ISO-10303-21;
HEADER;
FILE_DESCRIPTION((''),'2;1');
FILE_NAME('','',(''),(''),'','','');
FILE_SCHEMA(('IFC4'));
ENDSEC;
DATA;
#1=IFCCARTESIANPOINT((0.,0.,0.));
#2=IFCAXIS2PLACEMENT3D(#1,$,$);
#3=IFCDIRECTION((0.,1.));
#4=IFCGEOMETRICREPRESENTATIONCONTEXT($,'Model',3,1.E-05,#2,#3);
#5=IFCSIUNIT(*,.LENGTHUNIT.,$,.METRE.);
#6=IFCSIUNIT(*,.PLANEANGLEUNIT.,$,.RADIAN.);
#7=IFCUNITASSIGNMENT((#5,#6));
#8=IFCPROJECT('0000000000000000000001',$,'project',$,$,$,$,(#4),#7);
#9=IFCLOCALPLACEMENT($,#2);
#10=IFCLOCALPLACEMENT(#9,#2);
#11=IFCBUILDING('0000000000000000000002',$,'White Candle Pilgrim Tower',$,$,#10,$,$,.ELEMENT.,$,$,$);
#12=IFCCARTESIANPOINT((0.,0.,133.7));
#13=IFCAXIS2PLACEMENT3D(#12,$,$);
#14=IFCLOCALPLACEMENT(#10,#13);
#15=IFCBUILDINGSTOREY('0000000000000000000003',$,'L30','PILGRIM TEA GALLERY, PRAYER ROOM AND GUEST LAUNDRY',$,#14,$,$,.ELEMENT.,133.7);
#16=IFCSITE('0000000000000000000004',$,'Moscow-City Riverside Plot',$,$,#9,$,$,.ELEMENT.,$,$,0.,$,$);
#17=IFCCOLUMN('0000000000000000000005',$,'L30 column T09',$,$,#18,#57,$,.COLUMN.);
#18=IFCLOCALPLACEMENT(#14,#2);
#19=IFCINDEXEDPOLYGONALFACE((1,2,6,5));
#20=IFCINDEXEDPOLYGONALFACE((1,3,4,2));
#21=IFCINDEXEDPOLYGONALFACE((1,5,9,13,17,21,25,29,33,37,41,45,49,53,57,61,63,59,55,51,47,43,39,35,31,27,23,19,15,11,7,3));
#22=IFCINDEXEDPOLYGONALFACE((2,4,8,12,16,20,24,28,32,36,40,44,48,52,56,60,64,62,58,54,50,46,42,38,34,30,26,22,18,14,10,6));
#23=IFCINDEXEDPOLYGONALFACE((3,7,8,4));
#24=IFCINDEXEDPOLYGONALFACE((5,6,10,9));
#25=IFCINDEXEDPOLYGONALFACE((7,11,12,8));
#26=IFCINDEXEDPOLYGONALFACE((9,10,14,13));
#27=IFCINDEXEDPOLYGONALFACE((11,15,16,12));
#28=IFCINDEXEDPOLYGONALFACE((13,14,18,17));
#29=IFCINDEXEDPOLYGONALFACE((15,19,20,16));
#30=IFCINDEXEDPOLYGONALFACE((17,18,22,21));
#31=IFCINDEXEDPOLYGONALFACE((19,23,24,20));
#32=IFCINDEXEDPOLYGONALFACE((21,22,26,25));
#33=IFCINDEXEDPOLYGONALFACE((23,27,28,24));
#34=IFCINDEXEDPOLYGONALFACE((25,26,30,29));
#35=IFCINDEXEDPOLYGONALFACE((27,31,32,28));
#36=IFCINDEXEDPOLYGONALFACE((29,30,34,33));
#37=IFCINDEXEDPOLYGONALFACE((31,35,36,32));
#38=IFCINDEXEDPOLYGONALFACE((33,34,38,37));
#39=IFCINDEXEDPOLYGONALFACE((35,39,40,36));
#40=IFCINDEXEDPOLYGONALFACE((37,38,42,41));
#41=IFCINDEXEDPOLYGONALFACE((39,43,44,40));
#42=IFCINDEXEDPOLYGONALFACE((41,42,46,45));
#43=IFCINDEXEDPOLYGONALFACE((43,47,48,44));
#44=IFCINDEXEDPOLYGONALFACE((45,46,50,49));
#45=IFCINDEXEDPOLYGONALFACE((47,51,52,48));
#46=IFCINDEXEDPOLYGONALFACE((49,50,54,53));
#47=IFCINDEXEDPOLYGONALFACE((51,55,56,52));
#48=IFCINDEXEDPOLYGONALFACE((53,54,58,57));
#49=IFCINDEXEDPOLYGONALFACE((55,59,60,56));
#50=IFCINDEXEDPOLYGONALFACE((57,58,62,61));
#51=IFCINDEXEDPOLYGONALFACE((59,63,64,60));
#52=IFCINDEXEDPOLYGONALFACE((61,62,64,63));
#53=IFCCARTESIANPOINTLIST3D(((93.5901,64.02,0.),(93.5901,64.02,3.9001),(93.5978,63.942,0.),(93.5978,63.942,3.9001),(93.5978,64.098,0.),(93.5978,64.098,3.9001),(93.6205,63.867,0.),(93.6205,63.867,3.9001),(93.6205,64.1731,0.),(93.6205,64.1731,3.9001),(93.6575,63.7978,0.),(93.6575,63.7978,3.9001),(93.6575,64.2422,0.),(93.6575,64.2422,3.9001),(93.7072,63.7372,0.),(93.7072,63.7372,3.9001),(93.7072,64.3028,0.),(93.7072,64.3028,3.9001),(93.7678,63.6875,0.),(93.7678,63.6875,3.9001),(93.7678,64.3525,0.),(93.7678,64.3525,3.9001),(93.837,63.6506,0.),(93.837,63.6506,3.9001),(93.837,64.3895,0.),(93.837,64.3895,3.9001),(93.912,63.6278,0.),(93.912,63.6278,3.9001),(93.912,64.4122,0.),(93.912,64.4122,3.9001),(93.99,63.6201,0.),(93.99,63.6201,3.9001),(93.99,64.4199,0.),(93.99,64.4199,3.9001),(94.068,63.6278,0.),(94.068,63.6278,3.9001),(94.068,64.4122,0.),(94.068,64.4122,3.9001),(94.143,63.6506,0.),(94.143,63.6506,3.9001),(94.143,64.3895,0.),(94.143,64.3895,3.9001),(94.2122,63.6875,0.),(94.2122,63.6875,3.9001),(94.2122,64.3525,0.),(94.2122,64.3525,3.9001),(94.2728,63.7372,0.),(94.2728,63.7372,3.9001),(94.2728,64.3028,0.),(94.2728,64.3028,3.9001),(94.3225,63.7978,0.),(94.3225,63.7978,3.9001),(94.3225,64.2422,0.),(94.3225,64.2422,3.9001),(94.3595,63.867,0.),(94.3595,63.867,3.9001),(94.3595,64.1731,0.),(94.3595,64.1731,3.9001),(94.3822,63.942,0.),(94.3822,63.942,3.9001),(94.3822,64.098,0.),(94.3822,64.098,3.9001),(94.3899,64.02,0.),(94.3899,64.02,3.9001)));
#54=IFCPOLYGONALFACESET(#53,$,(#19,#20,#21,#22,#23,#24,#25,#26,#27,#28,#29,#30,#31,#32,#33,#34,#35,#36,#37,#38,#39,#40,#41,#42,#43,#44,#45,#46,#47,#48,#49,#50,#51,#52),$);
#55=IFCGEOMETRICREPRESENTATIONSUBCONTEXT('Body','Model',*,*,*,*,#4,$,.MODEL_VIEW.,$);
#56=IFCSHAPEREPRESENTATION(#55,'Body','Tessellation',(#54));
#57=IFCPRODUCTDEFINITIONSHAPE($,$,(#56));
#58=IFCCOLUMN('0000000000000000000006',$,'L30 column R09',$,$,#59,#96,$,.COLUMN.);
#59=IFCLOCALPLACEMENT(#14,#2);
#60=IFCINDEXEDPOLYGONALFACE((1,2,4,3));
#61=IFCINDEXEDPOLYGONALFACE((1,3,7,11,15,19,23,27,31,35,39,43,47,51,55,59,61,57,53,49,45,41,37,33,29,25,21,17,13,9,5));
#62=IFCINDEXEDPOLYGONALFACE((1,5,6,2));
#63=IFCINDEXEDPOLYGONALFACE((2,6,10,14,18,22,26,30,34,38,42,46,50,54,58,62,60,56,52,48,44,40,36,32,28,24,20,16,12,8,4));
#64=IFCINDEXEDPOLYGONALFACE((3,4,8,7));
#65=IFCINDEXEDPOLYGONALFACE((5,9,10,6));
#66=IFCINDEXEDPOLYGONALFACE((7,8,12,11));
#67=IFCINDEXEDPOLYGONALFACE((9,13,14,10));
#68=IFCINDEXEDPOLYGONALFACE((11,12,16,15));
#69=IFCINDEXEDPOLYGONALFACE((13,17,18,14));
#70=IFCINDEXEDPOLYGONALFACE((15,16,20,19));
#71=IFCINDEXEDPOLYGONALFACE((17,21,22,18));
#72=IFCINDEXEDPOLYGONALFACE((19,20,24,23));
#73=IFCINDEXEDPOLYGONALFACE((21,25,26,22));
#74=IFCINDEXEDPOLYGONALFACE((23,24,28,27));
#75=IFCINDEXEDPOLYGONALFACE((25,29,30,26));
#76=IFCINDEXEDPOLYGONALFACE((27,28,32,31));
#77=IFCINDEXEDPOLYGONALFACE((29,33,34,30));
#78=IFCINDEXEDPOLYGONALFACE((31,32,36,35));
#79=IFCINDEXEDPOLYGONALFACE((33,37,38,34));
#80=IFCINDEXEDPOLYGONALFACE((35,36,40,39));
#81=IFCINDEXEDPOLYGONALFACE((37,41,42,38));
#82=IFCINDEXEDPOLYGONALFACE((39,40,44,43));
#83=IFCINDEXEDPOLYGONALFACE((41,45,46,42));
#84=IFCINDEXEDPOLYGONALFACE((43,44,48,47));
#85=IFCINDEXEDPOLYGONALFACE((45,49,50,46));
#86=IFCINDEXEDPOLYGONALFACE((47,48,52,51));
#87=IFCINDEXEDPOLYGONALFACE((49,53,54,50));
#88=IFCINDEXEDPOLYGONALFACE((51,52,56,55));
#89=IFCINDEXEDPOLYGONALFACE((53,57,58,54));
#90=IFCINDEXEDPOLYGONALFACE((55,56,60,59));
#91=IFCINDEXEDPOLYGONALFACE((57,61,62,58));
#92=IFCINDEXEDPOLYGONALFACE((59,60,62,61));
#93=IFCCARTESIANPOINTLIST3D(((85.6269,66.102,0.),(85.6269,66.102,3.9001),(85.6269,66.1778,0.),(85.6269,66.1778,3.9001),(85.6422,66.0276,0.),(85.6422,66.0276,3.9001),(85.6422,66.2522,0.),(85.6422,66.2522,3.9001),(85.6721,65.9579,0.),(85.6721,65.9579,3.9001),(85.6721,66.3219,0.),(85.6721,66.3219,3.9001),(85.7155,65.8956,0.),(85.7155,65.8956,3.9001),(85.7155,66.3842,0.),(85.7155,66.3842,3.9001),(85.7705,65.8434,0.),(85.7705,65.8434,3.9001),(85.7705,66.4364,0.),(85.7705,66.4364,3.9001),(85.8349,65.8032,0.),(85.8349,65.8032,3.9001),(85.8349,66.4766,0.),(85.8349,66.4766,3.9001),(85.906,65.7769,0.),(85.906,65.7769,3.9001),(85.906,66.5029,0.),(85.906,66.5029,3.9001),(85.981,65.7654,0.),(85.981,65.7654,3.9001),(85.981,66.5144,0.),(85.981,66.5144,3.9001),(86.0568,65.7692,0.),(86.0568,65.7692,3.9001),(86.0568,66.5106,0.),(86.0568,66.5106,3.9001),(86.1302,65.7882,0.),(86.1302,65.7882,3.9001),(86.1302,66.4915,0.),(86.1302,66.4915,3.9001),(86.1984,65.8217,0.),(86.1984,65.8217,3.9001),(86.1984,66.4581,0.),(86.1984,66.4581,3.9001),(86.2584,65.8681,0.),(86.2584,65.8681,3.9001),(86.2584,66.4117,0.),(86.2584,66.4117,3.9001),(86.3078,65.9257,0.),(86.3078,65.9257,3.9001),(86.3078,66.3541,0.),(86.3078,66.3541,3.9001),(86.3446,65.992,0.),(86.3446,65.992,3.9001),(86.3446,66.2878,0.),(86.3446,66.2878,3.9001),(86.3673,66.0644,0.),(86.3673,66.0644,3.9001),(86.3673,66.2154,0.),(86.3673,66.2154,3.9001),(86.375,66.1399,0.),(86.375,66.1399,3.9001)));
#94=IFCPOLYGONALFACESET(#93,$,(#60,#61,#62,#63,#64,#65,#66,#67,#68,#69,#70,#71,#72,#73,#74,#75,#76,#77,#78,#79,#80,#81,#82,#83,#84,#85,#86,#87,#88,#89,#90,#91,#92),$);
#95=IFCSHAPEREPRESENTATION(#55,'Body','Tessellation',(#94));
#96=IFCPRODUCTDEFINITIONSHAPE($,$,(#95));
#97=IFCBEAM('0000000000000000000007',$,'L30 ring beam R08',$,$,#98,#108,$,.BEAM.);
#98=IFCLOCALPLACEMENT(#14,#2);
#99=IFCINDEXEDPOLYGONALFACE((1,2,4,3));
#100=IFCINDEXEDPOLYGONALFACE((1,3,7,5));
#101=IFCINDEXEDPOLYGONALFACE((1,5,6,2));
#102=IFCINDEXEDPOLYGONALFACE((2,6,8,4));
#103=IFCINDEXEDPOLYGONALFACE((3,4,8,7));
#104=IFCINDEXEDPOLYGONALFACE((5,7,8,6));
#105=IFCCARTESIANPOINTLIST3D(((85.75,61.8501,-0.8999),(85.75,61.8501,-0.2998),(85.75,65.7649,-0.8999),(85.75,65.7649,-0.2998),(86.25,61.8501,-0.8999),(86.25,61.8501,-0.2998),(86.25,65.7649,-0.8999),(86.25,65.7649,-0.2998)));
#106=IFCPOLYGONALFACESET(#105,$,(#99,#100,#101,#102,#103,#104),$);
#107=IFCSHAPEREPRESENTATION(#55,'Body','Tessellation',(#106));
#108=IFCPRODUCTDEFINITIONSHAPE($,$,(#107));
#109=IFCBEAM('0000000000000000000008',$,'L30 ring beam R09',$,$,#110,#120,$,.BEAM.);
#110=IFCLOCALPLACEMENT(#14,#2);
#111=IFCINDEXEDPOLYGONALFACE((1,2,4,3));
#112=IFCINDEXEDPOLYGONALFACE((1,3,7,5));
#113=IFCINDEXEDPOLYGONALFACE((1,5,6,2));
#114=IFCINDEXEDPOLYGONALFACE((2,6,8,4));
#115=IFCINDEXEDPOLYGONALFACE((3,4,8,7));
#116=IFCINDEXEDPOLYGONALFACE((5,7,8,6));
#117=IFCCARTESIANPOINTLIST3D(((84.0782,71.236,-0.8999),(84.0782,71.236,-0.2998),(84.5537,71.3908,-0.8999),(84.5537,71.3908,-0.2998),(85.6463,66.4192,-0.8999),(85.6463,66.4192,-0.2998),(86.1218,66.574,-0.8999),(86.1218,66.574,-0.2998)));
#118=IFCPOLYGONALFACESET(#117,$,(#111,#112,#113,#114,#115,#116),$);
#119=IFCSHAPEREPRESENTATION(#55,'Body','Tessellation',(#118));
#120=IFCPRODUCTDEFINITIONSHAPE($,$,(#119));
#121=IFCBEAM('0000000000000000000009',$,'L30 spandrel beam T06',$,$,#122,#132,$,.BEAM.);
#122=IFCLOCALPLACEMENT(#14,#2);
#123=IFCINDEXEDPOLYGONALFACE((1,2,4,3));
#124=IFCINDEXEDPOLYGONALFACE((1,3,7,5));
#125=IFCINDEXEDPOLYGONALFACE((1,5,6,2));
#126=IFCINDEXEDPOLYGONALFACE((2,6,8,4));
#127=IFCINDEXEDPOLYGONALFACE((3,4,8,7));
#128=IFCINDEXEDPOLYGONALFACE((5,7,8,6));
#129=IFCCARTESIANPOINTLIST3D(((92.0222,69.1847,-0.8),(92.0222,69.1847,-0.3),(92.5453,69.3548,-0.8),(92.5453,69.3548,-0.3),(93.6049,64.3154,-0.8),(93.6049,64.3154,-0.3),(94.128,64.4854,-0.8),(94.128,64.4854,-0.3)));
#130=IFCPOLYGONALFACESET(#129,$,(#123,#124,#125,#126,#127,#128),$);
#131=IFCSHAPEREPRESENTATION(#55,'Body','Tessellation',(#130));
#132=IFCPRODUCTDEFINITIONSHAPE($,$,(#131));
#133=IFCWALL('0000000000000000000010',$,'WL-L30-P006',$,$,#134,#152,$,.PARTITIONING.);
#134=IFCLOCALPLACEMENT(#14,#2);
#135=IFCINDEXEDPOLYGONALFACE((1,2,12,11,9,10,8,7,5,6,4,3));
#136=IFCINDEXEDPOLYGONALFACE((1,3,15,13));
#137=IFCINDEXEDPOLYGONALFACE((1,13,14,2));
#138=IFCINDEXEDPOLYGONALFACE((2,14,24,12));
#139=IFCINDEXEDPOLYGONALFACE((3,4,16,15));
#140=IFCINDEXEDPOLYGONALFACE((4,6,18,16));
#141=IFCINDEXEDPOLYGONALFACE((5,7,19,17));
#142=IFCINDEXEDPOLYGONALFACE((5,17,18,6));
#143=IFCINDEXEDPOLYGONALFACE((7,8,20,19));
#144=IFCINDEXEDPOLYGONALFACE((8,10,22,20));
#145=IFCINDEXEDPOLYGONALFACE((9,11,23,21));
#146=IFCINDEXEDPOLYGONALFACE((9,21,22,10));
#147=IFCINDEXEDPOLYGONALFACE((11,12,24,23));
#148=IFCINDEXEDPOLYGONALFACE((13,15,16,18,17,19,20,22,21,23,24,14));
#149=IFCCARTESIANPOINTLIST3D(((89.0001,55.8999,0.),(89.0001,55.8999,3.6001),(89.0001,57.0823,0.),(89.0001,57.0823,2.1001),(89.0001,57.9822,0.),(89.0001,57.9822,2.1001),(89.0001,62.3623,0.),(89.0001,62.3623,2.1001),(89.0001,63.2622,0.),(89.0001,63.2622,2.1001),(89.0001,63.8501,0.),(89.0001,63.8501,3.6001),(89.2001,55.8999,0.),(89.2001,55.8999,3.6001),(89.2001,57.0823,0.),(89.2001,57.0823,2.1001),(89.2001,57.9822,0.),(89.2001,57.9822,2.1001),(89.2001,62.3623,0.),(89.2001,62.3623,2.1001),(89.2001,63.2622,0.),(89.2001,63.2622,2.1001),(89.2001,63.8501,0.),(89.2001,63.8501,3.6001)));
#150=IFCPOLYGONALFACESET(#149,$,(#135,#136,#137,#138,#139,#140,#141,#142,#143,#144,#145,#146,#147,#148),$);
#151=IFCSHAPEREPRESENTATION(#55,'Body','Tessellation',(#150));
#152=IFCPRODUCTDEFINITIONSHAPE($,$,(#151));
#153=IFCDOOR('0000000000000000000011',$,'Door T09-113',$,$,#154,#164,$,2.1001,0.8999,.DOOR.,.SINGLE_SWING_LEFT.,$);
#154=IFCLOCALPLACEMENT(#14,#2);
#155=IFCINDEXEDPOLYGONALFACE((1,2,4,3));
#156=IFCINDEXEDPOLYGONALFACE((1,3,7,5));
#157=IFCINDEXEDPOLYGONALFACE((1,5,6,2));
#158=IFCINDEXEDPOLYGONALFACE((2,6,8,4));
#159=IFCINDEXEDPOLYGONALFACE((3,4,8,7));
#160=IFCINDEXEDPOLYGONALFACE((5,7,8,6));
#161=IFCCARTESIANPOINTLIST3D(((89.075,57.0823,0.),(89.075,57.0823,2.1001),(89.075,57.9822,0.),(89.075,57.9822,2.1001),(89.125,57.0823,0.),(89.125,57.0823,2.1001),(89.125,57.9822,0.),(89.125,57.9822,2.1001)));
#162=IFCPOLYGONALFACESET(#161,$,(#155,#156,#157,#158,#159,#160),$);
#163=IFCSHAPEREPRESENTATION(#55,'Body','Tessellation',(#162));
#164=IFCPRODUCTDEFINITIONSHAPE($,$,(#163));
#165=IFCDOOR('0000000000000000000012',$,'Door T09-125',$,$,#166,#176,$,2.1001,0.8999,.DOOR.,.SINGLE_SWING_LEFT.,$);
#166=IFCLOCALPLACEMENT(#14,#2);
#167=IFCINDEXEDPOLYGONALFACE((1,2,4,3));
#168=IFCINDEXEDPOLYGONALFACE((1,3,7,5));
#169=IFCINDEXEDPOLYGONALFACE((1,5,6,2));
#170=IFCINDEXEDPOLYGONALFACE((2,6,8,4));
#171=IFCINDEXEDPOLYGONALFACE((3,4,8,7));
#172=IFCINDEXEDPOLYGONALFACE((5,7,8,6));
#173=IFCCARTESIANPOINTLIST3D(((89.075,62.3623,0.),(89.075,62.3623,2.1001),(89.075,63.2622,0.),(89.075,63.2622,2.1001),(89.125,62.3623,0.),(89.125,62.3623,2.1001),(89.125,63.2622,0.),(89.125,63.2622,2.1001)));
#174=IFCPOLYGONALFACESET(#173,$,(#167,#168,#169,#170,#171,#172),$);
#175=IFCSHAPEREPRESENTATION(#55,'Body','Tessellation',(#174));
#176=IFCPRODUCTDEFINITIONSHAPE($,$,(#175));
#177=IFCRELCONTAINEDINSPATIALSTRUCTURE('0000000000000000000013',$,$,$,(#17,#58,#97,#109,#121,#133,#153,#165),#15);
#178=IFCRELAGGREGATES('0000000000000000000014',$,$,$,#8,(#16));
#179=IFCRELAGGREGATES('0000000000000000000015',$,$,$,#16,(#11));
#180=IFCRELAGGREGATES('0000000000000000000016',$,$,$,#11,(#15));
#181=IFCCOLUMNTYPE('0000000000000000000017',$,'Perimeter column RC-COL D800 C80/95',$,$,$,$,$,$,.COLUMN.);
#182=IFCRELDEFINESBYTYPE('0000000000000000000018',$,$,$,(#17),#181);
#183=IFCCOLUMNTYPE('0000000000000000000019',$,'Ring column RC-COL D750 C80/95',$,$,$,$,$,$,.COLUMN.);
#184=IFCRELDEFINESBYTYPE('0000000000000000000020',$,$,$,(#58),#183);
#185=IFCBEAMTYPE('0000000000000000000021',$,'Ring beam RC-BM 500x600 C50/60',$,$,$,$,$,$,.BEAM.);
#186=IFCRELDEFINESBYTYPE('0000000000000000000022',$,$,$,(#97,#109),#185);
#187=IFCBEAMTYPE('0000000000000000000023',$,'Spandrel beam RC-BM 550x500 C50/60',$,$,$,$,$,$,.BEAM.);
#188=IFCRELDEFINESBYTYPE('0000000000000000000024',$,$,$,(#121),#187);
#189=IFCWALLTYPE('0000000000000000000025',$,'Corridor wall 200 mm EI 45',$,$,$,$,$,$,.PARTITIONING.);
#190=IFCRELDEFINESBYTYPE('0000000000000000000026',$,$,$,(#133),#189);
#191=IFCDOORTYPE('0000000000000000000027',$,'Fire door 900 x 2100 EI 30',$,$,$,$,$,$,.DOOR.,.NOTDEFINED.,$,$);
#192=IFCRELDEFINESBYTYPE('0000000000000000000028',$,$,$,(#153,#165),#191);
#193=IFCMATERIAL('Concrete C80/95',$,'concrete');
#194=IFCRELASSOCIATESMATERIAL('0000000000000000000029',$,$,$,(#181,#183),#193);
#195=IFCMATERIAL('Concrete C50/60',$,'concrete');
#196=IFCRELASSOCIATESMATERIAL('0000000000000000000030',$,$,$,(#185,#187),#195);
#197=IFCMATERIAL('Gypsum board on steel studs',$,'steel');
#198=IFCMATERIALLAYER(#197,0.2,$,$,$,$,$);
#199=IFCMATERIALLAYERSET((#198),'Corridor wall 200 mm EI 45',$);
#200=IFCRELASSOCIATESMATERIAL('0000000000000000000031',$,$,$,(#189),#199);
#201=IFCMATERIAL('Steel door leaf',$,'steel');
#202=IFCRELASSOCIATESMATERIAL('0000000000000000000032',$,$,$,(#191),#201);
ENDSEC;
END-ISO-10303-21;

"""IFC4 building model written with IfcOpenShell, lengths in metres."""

from ifc_helpers import new_model, si_unit, direction, frame, frame_2d, origin, origin_2d, place, context, subcontext, project, spatial, rectangle, circle, extrude, material, layer, layer_set, material_profile, profile_set, type_object, element, fill, save


model = new_model("IFC4")

# Units and contexts
model_context = context("Model", 3, precision=1e-05, world=origin(), true_north=direction((0.0, 1.0)))
body_context = subcontext(model_context, "Body", "Model", "MODEL_VIEW")
ifc_project = project(units=[si_unit("LENGTHUNIT", "METRE"), si_unit("PLANEANGLEUNIT", "RADIAN")], contexts=[model_context])

# Site, building, storey
site_placement = place(None, origin())
site = spatial("IfcSite", under=ifc_project, at=site_placement, Name="Moscow-City Riverside Plot", CompositionType="ELEMENT", RefElevation=0.0)
building_placement = place(site_placement, origin())
building = spatial("IfcBuilding", under=site, at=building_placement, Name="White Candle Pilgrim Tower", CompositionType="ELEMENT")
storey_placement = place(building_placement, frame((0.0, 0.0, 133.7)))
storey = spatial("IfcBuildingStorey", under=building, at=storey_placement, Name="L30", Description="PILGRIM TEA GALLERY, PRAYER ROOM AND GUEST LAUNDRY", CompositionType="ELEMENT", Elevation=133.7)

# Columns
ifc_material_1 = material(Name="Concrete C80/95", Category="concrete")
ifc_material_profile_1 = material_profile(ifc_material_1, circle(Radius=0.3999, at=origin_2d()), Name="RC-COL D800")
ifc_profile_set_1 = profile_set([ifc_material_profile_1], Name="Concrete C80/95")
column_type_1 = type_object("IfcColumnType", Name="Perimeter column RC-COL D800 C80/95", PredefinedType="COLUMN", material=ifc_profile_set_1)
column_1_placement = place(storey_placement, frame((93.99, 64.02, 0.0), z_axis=(0.0, 0.0, 1.0), x_axis=(1.0, 0.0, 0.0)))
element("IfcColumn", 1, at=column_1_placement, inside=storey, type_object=column_type_1, Name="L30 column T09", PredefinedType="COLUMN", context=body_context, shape_type="SweptSolid", body=[
    extrude(circle(Radius=0.3999, at=origin_2d()), origin(), (0.0, 0.0, 1.0), 3.9001),
])
ifc_material_profile_2 = material_profile(ifc_material_1, circle(Radius=0.375, at=origin_2d()), Name="RC-COL D750")
ifc_profile_set_2 = profile_set([ifc_material_profile_2], Name="Concrete C80/95")
column_type_2 = type_object("IfcColumnType", Name="Ring column RC-COL D750 C80/95", PredefinedType="COLUMN", material=ifc_profile_set_2)
column_2_placement = place(storey_placement, frame((86.0, 66.1399, 0.0), z_axis=(0.0, 0.0, 1.0), x_axis=(1.0, 0.0, 0.0)))
element("IfcColumn", 2, at=column_2_placement, inside=storey, type_object=column_type_2, Name="L30 column R09", PredefinedType="COLUMN", context=body_context, shape_type="SweptSolid", body=[
    extrude(circle(Radius=0.375, at=origin_2d()), origin(), (0.0, 0.0, 1.0), 3.9001),
])

# Beams
ifc_material_2 = material(Name="Concrete C50/60", Category="concrete")
ifc_material_profile_3 = material_profile(ifc_material_2, rectangle(XDim=0.5, YDim=0.6001, at=origin_2d()), Name="RC-BM 500x600")
ifc_profile_set_3 = profile_set([ifc_material_profile_3], Name="Concrete C50/60")
beam_type_1 = type_object("IfcBeamType", Name="Ring beam RC-BM 500x600 C50/60", PredefinedType="BEAM", material=ifc_profile_set_3)
beam_1_placement = place(storey_placement, frame((86.0, 65.7649, -0.5999), z_axis=(0.0, -1.0, 0.0), x_axis=(1.0, 0.0, 0.0)))
element("IfcBeam", 3, at=beam_1_placement, inside=storey, type_object=beam_type_1, Name="L30 ring beam R08", PredefinedType="BEAM", context=body_context, shape_type="SweptSolid", body=[
    extrude(rectangle(XDim=0.5, YDim=0.6001, at=origin_2d()), origin(), (0.0, 0.0, 1.0), 3.9148),
])
beam_2_placement = place(storey_placement, frame((85.884, 66.4966, -0.5999), z_axis=(-0.309555, 0.950882, 0.0), x_axis=(-0.950882, -0.309555, 0.0)))
element("IfcBeam", 4, at=beam_2_placement, inside=storey, type_object=beam_type_1, Name="L30 ring beam R09", PredefinedType="BEAM", context=body_context, shape_type="SweptSolid", body=[
    extrude(rectangle(XDim=0.5, YDim=0.6001, at=origin_2d()), origin(), (0.0, 0.0, 1.0), 5.0657),
])
ifc_material_profile_4 = material_profile(ifc_material_2, rectangle(XDim=0.55, YDim=0.5, at=origin_2d()), Name="RC-BM 550x500")
ifc_profile_set_4 = profile_set([ifc_material_profile_4], Name="Concrete C50/60")
beam_type_2 = type_object("IfcBeamType", Name="Spandrel beam RC-BM 550x500 C50/60", PredefinedType="BEAM", material=ifc_profile_set_4)
beam_3_placement = place(storey_placement, frame((93.8665, 64.4004, -0.55), z_axis=(-0.309124, 0.951022, 0.0), x_axis=(-0.951022, -0.309124, 0.0)))
element("IfcBeam", 5, at=beam_3_placement, inside=storey, type_object=beam_type_2, Name="L30 spandrel beam T06", PredefinedType="BEAM", context=body_context, shape_type="SweptSolid", body=[
    extrude(rectangle(XDim=0.55, YDim=0.5, at=origin_2d()), origin(), (0.0, 0.0, 1.0), 5.1201),
])

# Wall, openings, doors
ifc_material_3 = material(Name="Gypsum board on steel studs", Category="steel")
ifc_layer_1 = layer(ifc_material_3, 0.2)
ifc_layer_set_1 = layer_set([ifc_layer_1], Name="Corridor wall 200 mm EI 45")
wall_type_1 = type_object("IfcWallType", Name="Corridor wall 200 mm EI 45", PredefinedType="PARTITIONING", material=ifc_layer_set_1)
wall_1_placement = place(storey_placement, frame((89.1001, 63.8501, 0.0), z_axis=(0.0, 0.0, 1.0), x_axis=(0.0, -1.0, 0.0)))
wall_1 = element("IfcWall", 6, at=wall_1_placement, inside=storey, type_object=wall_type_1, Name="WL-L30-P006", PredefinedType="PARTITIONING", context=body_context, shape_type="SweptSolid", body=[
    extrude(rectangle(XDim=7.9502, YDim=0.2, at=frame_2d((3.9751, 0.0))), origin(), (0.0, 0.0, 1.0), 3.6001),
])
opening_1_placement = place(wall_1_placement, frame((5.8679, 0.0, 0.0)))
opening_1 = element("IfcOpeningElement", 7, at=opening_1_placement, cuts=wall_1, PredefinedType="OPENING", context=body_context, shape_type="SweptSolid", body=[
    extrude(rectangle(XDim=0.8999, YDim=2.1001, at=frame_2d((0.45, 1.05))), frame((0.0, 0.1099, 0.0), z_axis=(0.0, -1.0, 0.0), x_axis=(1.0, 0.0, 0.0)), (0.0, 0.0, 1.0), 0.22),
])
opening_2_placement = place(wall_1_placement, frame((0.5879, 0.0, 0.0)))
opening_2 = element("IfcOpeningElement", 8, at=opening_2_placement, cuts=wall_1, PredefinedType="OPENING", context=body_context, shape_type="SweptSolid", body=[
    extrude(rectangle(XDim=0.8999, YDim=2.1001, at=frame_2d((0.45, 1.05))), frame((0.0, 0.1099, 0.0), z_axis=(0.0, -1.0, 0.0), x_axis=(1.0, 0.0, 0.0)), (0.0, 0.0, 1.0), 0.22),
])
ifc_material_4 = material(Name="Steel door leaf", Category="steel")
door_type_1 = type_object("IfcDoorType", Name="Fire door 900 x 2100 EI 30", OperationType="NOTDEFINED", PredefinedType="DOOR", material=ifc_material_4)
door_1_placement = place(opening_1_placement, origin())
door_1 = element("IfcDoor", 9, at=door_1_placement, inside=storey, type_object=door_type_1, Name="Door T09-113", OperationType="SINGLE_SWING_LEFT", OverallHeight=2.1001, OverallWidth=0.8999, PredefinedType="DOOR", context=body_context, shape_type="SweptSolid", body=[
    extrude(rectangle(XDim=0.8999, YDim=2.1001, at=frame_2d((0.45, 1.05))), frame((0.0, 0.0249, 0.0), z_axis=(0.0, -1.0, 0.0), x_axis=(1.0, 0.0, 0.0)), (0.0, 0.0, 1.0), 0.05),
])
fill(opening_1, door_1)
door_2_placement = place(opening_2_placement, origin())
door_2 = element("IfcDoor", 10, at=door_2_placement, inside=storey, type_object=door_type_1, Name="Door T09-125", OperationType="SINGLE_SWING_LEFT", OverallHeight=2.1001, OverallWidth=0.8999, PredefinedType="DOOR", context=body_context, shape_type="SweptSolid", body=[
    extrude(rectangle(XDim=0.8999, YDim=2.1001, at=frame_2d((0.45, 1.05))), frame((0.0, 0.0249, 0.0), z_axis=(0.0, -1.0, 0.0), x_axis=(1.0, 0.0, 0.0)), (0.0, 0.0, 1.0), 0.05),
])
fill(opening_2, door_2)

save(model, "model.ifc")
